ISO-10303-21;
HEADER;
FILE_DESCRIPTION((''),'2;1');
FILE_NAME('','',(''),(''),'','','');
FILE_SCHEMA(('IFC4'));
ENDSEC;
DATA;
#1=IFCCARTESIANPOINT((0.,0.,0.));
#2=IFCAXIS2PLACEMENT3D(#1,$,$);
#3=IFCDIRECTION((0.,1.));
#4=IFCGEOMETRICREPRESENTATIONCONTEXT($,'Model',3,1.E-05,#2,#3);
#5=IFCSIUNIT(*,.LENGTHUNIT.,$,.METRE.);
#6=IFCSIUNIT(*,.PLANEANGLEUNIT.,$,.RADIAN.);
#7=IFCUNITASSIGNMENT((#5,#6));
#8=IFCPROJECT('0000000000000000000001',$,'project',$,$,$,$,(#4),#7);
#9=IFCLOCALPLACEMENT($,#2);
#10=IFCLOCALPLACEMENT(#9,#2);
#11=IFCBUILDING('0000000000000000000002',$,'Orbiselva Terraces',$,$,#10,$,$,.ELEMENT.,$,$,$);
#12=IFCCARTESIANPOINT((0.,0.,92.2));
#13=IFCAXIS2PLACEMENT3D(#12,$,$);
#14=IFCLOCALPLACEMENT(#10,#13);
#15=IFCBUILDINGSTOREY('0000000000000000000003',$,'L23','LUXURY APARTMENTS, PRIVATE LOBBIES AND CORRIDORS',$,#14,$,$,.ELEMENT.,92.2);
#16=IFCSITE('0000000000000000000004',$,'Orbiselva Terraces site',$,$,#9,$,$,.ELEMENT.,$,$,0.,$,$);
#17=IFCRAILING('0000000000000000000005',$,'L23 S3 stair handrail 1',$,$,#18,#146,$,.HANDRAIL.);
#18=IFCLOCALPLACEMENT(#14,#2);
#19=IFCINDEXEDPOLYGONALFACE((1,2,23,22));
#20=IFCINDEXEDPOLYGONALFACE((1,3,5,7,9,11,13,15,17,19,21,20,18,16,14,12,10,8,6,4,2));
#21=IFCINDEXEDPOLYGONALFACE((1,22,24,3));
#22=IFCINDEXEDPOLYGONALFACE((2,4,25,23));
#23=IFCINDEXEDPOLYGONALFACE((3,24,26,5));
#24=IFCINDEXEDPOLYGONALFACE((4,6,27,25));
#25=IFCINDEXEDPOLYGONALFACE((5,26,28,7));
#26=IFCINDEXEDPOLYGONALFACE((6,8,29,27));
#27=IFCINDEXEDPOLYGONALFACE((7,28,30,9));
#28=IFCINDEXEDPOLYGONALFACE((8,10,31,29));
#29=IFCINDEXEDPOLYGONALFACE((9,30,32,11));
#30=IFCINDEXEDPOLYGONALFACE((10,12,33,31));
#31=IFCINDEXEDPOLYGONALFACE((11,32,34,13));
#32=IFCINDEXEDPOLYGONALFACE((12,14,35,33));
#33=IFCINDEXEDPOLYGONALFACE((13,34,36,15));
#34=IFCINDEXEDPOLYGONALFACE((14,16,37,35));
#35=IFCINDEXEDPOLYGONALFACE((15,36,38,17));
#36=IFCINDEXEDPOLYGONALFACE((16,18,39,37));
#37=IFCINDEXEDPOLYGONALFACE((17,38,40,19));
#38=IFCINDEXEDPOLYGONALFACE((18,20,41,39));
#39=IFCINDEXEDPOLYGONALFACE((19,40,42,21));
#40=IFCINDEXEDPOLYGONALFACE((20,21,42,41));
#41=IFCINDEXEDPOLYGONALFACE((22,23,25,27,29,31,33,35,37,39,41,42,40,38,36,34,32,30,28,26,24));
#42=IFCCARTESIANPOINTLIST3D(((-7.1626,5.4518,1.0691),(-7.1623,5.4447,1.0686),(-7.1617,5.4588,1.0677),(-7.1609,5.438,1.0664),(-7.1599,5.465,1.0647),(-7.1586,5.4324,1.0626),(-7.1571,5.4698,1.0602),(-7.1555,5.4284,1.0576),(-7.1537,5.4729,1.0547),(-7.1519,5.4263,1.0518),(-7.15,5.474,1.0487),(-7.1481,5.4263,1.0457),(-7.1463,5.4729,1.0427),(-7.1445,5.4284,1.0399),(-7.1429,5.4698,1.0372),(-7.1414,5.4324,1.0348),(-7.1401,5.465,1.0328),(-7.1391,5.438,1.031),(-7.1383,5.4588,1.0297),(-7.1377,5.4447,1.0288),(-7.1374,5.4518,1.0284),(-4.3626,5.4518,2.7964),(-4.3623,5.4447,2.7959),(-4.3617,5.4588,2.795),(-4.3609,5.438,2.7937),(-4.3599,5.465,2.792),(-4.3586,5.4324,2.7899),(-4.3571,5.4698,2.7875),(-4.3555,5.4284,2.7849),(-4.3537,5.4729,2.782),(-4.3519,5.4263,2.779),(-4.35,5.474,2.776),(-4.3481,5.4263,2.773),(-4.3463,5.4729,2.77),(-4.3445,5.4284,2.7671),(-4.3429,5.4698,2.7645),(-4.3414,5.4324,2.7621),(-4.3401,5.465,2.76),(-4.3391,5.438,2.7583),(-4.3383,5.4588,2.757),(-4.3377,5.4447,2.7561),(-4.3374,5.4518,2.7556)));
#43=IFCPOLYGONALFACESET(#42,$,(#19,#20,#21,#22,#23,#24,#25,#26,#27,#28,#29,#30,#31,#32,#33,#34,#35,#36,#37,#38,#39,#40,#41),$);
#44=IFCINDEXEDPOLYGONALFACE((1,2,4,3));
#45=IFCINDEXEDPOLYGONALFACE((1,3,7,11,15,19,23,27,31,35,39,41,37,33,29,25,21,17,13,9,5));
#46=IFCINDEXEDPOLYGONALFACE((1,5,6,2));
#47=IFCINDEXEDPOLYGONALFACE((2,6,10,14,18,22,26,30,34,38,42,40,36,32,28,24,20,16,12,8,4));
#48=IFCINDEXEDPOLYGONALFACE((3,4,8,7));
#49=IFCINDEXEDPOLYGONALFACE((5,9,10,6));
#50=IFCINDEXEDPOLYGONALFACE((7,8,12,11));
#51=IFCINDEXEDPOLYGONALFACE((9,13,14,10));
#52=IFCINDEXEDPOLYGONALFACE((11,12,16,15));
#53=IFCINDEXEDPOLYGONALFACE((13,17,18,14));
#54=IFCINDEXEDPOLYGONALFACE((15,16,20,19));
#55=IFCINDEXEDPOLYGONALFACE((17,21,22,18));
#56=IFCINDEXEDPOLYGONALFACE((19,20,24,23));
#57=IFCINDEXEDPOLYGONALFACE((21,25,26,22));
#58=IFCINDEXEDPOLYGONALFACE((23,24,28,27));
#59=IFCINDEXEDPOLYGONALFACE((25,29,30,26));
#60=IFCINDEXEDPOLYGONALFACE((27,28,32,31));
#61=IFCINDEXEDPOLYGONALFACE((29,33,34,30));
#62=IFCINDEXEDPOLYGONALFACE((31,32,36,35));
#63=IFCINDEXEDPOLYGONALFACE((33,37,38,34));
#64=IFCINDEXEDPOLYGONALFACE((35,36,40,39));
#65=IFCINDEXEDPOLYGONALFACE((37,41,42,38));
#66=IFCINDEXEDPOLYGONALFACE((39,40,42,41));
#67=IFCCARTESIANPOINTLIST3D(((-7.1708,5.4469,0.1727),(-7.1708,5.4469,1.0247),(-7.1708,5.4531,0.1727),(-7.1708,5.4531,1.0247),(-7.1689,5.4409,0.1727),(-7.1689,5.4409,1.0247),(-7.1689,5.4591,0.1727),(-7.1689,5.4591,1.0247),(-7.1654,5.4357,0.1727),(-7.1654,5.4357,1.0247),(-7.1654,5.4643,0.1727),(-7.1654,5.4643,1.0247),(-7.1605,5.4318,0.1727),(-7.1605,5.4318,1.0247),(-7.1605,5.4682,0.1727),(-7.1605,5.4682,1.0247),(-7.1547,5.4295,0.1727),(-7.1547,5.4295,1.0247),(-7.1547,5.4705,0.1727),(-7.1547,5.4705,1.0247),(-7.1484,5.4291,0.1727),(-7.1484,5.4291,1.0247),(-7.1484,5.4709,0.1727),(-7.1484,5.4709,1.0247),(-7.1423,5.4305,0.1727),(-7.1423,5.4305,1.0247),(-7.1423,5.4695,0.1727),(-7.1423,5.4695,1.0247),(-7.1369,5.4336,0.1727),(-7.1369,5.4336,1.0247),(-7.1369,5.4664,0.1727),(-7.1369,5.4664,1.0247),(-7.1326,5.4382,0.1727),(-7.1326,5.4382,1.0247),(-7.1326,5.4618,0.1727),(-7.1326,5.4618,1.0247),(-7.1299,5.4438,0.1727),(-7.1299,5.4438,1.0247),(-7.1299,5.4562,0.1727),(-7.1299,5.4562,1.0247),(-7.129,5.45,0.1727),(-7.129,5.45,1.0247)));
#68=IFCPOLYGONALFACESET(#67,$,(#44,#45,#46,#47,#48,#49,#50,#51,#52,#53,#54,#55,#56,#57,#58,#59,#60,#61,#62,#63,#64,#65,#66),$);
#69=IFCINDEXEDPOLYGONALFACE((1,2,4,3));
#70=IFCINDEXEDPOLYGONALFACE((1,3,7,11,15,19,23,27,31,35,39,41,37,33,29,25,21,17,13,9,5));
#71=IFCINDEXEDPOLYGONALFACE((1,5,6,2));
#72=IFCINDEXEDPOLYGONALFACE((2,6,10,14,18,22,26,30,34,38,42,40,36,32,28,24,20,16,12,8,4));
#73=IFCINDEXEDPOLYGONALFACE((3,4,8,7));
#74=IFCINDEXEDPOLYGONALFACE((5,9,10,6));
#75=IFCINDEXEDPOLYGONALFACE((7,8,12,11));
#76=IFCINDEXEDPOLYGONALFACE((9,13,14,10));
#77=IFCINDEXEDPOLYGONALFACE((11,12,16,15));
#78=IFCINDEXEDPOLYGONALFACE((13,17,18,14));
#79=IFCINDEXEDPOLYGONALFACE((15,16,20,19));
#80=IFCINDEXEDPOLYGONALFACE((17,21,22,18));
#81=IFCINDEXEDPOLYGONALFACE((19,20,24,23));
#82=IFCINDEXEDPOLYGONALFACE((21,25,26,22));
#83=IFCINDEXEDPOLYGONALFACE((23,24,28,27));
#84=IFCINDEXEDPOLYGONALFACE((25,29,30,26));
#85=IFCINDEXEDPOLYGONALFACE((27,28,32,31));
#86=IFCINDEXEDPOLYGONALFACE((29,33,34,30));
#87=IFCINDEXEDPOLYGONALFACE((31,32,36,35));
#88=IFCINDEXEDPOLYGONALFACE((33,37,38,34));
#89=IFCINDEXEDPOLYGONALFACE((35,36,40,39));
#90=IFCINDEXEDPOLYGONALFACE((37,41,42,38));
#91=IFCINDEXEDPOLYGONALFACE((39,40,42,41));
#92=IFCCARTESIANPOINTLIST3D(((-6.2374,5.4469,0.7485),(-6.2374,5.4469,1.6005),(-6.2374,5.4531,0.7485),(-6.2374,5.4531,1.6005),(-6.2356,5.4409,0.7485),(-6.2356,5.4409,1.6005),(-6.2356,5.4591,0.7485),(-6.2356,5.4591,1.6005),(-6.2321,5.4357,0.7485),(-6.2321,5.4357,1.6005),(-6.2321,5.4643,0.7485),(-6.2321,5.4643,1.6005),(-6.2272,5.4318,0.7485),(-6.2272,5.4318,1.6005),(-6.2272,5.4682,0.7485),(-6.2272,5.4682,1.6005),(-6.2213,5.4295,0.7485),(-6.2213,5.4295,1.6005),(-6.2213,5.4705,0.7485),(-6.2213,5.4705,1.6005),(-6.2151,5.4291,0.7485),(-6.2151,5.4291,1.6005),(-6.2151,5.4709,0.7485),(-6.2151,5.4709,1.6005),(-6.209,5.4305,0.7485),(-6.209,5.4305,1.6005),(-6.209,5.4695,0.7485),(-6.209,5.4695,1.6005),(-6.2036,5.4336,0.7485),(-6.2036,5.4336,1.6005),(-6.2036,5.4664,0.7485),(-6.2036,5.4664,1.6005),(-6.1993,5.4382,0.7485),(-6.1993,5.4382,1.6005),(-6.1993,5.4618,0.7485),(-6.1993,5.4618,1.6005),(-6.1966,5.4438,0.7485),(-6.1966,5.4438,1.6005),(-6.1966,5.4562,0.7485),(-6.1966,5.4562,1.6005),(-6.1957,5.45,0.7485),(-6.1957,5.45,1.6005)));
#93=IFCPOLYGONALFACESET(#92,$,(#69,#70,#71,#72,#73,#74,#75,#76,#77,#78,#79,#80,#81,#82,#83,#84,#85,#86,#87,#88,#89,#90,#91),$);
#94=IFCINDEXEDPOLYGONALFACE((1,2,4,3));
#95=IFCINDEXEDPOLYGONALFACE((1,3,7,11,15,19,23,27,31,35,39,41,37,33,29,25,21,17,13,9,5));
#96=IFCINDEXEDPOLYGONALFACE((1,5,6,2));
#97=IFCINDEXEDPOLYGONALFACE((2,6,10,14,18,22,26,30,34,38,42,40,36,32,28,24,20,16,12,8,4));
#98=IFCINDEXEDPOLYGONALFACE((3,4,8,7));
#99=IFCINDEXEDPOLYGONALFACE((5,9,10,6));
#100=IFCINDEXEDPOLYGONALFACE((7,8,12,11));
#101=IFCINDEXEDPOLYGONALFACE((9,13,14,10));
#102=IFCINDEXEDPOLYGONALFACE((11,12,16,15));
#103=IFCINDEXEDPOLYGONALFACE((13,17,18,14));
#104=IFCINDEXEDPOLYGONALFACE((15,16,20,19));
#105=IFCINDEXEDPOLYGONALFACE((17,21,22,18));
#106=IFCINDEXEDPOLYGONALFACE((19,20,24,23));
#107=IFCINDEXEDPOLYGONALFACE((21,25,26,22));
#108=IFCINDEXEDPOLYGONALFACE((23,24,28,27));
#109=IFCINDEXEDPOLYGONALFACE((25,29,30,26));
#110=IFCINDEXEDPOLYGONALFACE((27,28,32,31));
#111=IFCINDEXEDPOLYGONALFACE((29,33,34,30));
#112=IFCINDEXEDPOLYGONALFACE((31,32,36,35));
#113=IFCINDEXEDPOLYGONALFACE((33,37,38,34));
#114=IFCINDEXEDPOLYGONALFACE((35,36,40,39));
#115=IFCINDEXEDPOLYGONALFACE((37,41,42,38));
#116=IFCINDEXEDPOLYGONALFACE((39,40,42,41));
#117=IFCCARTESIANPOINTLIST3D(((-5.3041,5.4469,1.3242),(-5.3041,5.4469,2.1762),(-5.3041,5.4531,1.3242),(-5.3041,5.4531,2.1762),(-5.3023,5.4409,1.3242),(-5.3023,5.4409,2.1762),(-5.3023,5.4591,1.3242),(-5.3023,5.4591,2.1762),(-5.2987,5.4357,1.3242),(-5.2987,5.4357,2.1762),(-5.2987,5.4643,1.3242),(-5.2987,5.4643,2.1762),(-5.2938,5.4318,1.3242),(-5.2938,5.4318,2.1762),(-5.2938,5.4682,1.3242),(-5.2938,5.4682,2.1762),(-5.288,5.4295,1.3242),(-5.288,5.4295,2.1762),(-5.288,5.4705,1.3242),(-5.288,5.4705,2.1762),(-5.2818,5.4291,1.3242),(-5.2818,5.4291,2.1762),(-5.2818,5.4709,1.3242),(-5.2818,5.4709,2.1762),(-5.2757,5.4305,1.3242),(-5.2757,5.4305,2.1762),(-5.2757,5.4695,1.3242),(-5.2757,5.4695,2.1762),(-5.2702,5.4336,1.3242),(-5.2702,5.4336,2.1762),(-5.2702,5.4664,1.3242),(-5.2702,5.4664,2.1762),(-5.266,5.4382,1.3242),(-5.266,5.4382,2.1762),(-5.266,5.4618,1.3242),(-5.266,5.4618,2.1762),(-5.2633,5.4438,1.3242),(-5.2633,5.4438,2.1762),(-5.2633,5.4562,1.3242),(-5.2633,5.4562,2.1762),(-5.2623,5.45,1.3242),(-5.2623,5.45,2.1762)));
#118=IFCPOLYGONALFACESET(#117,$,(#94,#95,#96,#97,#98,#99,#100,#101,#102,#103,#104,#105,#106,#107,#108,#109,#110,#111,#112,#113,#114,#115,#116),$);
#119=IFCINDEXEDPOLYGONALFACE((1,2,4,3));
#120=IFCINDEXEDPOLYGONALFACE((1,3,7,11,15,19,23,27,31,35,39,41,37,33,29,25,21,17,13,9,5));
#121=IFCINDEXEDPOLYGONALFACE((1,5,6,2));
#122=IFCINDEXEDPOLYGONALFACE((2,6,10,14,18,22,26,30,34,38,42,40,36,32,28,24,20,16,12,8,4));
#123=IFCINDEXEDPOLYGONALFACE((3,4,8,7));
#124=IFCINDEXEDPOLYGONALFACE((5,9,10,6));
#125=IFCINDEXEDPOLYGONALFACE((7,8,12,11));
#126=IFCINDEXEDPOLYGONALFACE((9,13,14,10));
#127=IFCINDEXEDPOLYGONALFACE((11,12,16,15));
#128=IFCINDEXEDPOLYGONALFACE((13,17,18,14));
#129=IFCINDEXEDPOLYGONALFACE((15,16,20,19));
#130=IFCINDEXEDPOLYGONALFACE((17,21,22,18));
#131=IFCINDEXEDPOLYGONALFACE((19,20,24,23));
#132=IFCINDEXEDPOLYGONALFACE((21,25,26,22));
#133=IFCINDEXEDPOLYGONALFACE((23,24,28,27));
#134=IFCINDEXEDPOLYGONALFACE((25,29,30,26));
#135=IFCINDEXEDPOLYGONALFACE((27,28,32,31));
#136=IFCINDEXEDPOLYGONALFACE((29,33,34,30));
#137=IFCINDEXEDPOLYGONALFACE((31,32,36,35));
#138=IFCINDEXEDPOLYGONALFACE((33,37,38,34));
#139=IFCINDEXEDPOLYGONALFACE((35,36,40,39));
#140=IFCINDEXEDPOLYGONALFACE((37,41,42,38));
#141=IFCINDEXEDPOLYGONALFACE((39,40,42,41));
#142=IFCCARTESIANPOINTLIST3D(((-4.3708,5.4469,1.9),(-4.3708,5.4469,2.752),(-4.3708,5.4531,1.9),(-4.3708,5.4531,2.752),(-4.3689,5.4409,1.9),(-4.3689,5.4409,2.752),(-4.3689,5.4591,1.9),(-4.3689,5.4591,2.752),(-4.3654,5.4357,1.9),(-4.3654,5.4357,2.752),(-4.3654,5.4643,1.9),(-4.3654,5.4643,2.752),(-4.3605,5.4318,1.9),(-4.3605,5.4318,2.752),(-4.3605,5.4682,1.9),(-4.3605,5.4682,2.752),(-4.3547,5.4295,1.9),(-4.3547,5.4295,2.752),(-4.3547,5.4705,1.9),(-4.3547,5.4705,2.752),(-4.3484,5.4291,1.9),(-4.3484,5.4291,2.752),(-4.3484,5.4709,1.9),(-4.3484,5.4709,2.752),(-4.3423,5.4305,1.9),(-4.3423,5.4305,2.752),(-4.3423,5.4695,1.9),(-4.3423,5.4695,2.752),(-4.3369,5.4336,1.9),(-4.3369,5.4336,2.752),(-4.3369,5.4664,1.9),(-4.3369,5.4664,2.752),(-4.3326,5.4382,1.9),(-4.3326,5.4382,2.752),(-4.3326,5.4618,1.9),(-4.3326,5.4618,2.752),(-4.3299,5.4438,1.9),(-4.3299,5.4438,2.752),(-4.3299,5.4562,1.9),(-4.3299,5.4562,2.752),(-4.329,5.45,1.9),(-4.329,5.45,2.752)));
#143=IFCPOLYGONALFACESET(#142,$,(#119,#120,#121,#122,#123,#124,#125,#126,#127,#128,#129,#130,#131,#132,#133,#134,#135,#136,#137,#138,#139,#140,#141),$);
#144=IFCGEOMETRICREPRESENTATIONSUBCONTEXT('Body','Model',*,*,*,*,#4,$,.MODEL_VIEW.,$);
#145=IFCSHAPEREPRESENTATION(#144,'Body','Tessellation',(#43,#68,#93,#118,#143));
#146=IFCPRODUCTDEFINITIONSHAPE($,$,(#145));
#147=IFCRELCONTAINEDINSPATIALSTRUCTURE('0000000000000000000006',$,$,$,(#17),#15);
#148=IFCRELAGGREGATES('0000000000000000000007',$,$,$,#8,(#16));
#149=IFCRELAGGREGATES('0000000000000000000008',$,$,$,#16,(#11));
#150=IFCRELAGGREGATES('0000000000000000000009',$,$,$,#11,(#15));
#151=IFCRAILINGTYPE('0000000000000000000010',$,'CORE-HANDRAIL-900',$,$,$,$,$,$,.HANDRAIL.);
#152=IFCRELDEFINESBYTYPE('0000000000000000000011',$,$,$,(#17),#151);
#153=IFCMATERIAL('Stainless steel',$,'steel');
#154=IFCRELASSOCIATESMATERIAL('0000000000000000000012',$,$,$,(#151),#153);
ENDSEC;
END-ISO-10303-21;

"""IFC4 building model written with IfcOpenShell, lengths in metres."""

from ifc_helpers import new_model, si_unit, direction, frame, origin, origin_2d, place, context, subcontext, project, spatial, circle, extrude, material, type_object, element, save


model = new_model("IFC4")

# Units and contexts
model_context = context("Model", 3, precision=1e-05, world=origin(), true_north=direction((0.0, 1.0)))
body_context = subcontext(model_context, "Body", "Model", "MODEL_VIEW")
ifc_project = project(units=[si_unit("LENGTHUNIT", "METRE"), si_unit("PLANEANGLEUNIT", "RADIAN")], contexts=[model_context])

# Site, building, storey
site_placement = place(None, origin())
site = spatial("IfcSite", under=ifc_project, at=site_placement, Name="Orbiselva Terraces site", CompositionType="ELEMENT", RefElevation=0.0)
building_placement = place(site_placement, origin())
building = spatial("IfcBuilding", under=site, at=building_placement, Name="Orbiselva Terraces", CompositionType="ELEMENT")
storey_placement = place(building_placement, frame((0.0, 0.0, 92.2)))
storey = spatial("IfcBuildingStorey", under=building, at=storey_placement, Name="L23", Description="LUXURY APARTMENTS, PRIVATE LOBBIES AND CORRIDORS", CompositionType="ELEMENT", Elevation=92.2)

# Railing
ifc_material_1 = material(Name="Stainless steel", Category="steel")
railing_type_1 = type_object("IfcRailingType", Name="CORE-HANDRAIL-900", PredefinedType="HANDRAIL", material=ifc_material_1)
railing_1_placement = place(storey_placement, frame((-7.15, 5.45, 0.1727)))
element("IfcRailing", 1, at=railing_1_placement, inside=storey, type_object=railing_type_1, Name="L23 S3 stair handrail 1", PredefinedType="HANDRAIL", context=body_context, shape_type="SweptSolid", body=[
    extrude(circle(Radius=0.024, at=origin_2d()), frame((0.0, 0.0, 0.876), z_axis=(0.851089, 0.0, 0.525022), x_axis=(0.0, 1.0, 0.0)), (0.0, 0.0, 1.0), 3.2899),
    extrude(circle(Radius=0.021, at=origin_2d()), origin(), (0.0, 0.0, 1.0), 0.852),
    extrude(circle(Radius=0.021, at=origin_2d()), frame((0.9333, 0.0, 0.5758)), (0.0, 0.0, 1.0), 0.852),
    extrude(circle(Radius=0.021, at=origin_2d()), frame((1.8667, 0.0, 1.1515)), (0.0, 0.0, 1.0), 0.852),
    extrude(circle(Radius=0.021, at=origin_2d()), frame((2.8, 0.0, 1.7273)), (0.0, 0.0, 1.0), 0.852),
])

save(model, "model.ifc")
